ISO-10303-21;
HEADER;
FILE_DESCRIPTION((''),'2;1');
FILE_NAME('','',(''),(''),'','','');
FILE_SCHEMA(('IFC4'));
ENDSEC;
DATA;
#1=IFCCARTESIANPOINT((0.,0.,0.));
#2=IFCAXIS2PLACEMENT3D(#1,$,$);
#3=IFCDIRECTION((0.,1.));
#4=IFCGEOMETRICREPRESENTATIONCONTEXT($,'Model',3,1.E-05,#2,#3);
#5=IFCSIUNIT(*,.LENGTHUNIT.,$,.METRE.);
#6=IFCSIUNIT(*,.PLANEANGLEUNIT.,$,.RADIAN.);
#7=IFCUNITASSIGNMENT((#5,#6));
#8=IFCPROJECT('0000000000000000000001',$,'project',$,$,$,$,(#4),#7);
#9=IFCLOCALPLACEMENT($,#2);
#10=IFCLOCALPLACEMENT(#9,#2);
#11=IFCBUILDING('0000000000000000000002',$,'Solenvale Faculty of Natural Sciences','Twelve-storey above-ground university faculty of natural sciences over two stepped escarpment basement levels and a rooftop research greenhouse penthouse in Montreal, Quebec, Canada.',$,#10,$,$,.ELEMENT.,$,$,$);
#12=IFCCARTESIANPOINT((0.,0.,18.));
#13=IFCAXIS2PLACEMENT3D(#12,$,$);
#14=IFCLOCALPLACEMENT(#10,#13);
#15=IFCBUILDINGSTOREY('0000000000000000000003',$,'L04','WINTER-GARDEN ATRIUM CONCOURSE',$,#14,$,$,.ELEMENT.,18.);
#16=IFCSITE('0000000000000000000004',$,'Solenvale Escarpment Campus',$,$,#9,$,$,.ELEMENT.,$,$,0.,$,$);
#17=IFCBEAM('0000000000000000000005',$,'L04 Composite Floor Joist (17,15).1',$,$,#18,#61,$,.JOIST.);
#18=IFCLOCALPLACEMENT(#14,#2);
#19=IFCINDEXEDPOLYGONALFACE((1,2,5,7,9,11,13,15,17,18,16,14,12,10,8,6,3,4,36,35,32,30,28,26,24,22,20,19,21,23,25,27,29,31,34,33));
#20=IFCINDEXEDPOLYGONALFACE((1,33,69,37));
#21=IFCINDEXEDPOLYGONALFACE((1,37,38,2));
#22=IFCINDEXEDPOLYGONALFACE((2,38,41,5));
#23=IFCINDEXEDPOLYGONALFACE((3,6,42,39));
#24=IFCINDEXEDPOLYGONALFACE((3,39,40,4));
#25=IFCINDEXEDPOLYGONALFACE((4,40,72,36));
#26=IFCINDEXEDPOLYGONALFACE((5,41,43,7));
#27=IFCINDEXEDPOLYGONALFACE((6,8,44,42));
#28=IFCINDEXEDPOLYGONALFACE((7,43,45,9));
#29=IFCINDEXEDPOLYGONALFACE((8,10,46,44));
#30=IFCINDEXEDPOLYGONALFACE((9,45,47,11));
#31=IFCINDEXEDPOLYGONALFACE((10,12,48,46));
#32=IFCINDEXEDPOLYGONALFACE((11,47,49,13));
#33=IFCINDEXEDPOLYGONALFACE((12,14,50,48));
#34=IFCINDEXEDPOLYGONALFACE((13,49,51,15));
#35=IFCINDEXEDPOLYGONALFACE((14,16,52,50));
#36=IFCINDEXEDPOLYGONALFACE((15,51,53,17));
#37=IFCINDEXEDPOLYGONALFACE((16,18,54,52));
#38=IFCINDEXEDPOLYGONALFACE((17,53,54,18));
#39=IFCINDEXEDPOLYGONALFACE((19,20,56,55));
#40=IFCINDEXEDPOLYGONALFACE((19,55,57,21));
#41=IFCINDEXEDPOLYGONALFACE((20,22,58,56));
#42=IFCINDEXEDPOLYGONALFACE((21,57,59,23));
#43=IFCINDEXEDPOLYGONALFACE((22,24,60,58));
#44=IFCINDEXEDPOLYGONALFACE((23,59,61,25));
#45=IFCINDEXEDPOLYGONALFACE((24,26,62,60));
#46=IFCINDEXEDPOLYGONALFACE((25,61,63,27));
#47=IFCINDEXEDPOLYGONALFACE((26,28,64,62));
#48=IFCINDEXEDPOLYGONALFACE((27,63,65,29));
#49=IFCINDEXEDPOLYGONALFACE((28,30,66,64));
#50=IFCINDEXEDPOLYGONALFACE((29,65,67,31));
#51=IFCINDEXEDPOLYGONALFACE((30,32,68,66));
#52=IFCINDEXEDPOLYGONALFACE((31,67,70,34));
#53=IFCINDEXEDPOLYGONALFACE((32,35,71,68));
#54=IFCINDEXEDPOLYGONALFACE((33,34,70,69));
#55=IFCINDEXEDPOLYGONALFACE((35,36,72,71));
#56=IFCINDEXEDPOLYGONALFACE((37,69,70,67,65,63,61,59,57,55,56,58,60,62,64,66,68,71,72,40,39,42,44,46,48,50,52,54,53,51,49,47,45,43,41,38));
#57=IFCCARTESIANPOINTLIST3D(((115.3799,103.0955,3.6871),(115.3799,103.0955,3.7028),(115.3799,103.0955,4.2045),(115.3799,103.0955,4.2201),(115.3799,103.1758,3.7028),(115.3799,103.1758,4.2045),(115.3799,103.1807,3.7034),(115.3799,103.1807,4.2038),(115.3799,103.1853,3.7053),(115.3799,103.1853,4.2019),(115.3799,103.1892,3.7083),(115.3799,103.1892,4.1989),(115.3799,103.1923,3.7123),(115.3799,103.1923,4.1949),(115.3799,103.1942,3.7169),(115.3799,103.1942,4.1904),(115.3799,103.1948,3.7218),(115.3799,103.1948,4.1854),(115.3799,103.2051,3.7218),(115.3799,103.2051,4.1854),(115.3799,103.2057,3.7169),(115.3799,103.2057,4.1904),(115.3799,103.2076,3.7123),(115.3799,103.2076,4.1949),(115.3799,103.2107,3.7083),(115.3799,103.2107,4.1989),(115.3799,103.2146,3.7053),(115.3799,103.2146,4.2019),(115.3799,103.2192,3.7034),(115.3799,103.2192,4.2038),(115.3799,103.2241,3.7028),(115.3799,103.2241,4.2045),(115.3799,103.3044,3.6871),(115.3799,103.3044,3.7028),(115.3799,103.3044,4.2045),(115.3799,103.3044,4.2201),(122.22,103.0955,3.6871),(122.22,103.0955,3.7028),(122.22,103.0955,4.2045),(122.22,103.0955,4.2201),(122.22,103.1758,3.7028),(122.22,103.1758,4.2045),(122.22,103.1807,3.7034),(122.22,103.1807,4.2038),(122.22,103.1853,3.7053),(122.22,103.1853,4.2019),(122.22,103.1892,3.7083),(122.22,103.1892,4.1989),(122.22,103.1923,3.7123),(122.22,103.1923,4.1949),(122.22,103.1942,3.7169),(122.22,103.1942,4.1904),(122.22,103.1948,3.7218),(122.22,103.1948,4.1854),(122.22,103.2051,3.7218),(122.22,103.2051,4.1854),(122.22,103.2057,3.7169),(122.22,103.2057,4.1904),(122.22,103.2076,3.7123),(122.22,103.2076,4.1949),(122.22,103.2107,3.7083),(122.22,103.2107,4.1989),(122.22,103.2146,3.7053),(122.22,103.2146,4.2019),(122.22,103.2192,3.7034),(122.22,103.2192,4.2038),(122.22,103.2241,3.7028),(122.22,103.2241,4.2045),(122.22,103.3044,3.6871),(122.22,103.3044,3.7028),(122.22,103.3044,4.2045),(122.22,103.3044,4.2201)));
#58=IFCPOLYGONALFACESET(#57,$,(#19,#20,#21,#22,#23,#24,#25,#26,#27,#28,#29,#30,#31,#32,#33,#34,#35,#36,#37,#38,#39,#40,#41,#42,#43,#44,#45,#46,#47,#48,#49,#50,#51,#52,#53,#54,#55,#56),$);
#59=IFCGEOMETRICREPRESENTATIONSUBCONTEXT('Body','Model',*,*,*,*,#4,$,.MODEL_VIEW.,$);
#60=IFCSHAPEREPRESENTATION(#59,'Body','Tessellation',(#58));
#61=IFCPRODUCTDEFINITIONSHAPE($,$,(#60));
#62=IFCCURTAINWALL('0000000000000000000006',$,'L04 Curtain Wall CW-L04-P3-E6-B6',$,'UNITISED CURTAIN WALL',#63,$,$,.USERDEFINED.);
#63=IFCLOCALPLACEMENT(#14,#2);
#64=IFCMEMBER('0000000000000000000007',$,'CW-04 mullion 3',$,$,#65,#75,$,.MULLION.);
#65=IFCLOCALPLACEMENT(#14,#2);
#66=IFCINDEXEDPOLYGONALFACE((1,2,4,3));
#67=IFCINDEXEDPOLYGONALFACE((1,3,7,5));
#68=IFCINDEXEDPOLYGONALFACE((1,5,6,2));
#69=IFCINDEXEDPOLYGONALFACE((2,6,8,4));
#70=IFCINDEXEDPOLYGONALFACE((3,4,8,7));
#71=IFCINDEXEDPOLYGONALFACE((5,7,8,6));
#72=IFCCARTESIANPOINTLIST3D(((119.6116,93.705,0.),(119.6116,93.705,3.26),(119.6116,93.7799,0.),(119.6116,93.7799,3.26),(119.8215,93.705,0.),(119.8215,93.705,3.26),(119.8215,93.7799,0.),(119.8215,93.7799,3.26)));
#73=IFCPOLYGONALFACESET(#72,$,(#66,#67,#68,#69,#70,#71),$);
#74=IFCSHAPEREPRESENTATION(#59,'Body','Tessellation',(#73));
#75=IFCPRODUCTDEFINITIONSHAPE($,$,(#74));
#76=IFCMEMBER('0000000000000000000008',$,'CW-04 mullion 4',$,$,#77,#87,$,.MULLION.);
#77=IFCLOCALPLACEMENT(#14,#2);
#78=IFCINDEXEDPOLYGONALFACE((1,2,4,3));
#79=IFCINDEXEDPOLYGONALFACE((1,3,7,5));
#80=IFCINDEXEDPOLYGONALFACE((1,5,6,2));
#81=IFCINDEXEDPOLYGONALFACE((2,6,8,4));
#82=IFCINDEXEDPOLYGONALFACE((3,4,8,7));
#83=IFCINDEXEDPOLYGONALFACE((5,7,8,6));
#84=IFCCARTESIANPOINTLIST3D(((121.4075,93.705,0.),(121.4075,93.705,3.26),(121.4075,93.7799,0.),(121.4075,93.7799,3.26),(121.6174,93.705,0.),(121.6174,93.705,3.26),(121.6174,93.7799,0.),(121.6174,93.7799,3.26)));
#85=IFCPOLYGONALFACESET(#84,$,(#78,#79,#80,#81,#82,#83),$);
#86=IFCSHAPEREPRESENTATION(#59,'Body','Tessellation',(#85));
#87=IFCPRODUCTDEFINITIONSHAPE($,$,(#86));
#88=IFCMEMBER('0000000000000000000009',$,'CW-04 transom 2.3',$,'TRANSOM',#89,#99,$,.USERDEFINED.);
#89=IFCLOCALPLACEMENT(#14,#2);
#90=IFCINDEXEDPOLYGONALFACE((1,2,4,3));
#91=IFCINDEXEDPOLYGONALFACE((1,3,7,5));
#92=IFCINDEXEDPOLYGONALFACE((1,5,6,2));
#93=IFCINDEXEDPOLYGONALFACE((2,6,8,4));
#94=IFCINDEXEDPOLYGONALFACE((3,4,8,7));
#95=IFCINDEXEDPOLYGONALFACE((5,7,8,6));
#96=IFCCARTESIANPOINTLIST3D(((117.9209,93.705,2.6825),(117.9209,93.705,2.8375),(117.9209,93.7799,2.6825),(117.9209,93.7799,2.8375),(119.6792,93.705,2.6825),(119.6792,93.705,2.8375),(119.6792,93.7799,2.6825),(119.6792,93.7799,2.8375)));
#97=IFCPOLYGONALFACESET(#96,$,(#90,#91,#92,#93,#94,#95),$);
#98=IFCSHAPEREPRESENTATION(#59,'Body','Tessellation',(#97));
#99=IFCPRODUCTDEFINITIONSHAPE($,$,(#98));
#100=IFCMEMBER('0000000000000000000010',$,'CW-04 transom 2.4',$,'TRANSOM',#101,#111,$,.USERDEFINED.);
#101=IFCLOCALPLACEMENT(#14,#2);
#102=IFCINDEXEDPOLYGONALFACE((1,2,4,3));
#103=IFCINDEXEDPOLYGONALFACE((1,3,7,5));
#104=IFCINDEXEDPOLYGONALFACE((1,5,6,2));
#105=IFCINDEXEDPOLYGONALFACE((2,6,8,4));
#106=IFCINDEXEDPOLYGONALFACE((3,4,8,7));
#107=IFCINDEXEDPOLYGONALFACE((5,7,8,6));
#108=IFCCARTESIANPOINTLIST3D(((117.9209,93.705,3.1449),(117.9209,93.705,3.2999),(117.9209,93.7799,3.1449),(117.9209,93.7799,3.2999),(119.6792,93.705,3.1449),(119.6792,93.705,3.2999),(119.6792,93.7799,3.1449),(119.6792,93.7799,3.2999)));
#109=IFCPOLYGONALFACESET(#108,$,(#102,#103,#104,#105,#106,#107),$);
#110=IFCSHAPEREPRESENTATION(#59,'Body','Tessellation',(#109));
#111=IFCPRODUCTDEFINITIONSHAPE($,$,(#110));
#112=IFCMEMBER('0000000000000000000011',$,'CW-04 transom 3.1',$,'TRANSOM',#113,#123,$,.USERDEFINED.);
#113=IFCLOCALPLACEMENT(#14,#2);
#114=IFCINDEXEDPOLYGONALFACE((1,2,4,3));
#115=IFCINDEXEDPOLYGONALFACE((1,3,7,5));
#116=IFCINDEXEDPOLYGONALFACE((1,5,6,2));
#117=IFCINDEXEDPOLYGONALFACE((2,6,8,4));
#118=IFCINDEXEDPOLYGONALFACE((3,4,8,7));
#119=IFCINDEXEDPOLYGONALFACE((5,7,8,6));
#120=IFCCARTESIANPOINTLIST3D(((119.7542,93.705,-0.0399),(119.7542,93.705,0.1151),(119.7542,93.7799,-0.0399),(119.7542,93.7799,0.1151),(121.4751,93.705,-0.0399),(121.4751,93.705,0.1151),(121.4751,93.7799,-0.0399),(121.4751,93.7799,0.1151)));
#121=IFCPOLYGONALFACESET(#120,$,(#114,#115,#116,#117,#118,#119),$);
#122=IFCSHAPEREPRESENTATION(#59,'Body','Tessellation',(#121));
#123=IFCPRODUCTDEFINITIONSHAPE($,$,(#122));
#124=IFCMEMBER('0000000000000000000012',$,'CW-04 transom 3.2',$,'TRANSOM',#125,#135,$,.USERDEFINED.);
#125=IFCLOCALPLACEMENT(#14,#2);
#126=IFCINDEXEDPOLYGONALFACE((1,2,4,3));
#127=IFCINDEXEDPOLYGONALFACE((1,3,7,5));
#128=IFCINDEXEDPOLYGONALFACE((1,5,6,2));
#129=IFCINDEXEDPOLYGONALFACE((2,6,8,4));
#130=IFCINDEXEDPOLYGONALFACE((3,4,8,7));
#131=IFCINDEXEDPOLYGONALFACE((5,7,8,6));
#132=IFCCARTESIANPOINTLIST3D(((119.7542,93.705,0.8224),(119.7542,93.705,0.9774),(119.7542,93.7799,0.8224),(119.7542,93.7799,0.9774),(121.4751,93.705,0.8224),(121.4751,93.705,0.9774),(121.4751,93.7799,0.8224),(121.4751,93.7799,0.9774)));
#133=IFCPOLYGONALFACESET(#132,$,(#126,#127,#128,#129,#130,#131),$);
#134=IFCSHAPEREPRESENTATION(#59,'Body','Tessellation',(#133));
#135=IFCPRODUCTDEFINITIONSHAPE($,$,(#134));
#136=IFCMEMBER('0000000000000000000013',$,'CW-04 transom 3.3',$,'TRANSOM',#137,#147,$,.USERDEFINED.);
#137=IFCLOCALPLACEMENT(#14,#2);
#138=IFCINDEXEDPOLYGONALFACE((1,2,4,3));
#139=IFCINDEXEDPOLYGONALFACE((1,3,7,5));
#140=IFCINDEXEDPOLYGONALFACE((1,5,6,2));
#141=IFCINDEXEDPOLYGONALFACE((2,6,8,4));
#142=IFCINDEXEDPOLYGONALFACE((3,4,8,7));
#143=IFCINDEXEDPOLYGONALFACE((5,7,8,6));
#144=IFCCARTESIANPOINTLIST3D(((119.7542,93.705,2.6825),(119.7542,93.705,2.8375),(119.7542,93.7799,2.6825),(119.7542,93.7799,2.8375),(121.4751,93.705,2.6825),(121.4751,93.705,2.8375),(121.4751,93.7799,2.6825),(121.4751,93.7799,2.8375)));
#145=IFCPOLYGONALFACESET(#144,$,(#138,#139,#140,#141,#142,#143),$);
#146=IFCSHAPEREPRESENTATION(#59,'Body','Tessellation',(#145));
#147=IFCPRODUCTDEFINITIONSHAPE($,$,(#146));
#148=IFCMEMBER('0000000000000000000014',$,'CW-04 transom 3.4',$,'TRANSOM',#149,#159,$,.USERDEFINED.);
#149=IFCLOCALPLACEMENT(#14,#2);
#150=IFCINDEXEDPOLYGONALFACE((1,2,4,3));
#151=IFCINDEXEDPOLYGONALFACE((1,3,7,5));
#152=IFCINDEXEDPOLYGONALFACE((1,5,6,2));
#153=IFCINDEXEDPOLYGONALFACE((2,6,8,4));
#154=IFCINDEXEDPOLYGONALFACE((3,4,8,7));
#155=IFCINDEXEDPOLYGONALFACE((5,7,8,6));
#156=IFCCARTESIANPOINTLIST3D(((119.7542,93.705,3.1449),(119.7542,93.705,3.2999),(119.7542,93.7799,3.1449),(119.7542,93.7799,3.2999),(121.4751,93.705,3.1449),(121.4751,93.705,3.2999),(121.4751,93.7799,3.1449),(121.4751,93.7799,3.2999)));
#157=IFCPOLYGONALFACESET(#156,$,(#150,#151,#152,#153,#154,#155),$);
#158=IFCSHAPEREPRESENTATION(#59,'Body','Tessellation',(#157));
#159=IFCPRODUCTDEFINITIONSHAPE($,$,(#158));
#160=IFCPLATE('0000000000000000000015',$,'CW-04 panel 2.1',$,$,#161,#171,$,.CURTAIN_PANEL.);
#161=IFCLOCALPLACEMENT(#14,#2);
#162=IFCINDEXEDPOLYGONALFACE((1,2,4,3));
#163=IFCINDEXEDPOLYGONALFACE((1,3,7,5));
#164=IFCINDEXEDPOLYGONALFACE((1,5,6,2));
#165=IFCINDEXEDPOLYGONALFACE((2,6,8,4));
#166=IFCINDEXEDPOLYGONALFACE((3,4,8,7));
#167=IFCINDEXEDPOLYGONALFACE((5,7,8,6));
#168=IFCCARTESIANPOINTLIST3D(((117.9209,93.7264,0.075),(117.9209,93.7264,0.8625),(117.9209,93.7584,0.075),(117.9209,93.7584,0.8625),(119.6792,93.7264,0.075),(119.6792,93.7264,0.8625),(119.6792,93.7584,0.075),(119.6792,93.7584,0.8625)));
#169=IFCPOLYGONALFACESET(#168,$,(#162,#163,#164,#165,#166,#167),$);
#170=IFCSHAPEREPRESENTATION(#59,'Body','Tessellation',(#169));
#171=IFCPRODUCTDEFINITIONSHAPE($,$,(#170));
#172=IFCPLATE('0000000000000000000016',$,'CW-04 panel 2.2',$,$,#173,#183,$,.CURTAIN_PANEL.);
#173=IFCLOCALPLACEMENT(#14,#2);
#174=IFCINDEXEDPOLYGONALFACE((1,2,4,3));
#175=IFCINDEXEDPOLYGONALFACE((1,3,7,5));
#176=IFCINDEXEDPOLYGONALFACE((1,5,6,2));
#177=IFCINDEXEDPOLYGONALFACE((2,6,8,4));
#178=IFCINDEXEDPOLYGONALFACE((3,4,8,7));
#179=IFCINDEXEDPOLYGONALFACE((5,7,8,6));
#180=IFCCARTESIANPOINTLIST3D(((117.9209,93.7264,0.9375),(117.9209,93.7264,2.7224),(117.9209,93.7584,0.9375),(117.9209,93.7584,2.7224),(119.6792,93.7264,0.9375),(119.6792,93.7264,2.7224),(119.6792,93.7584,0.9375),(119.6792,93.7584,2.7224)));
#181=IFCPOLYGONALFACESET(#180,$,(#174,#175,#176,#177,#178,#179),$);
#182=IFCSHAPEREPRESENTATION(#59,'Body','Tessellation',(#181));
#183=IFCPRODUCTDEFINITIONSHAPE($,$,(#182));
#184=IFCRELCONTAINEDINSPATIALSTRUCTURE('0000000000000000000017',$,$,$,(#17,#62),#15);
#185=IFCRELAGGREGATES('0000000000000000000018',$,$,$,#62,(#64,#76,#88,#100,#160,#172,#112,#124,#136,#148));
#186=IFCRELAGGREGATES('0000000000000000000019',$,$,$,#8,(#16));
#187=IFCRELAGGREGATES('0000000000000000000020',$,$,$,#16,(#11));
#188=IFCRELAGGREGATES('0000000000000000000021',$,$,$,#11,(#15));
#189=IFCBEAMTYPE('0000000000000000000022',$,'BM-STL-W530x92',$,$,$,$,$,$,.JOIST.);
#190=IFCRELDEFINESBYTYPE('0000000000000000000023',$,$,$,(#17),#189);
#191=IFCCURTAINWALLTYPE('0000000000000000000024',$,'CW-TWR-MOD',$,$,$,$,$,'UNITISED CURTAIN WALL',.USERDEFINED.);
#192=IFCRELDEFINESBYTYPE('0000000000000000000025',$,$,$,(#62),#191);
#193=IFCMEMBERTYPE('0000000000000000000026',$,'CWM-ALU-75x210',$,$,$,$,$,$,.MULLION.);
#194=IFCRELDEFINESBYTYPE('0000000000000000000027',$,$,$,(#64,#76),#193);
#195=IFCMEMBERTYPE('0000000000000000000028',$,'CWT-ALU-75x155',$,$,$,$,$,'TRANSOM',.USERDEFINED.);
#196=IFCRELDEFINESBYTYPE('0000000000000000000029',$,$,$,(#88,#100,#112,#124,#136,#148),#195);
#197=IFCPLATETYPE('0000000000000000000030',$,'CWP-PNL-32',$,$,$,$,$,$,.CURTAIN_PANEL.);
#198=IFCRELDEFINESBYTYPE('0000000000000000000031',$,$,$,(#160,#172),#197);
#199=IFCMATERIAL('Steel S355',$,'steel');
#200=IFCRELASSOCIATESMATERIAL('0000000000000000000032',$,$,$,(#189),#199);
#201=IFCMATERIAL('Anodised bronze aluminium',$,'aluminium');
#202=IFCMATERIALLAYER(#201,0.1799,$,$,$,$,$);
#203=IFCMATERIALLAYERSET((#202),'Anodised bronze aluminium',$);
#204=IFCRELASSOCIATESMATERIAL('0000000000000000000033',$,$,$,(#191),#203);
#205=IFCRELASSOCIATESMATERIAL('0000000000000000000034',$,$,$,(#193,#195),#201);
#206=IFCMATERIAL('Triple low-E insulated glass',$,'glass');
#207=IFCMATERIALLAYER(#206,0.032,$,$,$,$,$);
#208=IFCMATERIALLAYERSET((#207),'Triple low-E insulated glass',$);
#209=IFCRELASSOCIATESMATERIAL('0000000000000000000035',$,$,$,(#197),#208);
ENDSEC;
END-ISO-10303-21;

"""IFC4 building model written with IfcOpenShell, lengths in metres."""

from ifc_helpers import new_model, si_unit, direction, frame, origin, origin_2d, place, context, subcontext, project, spatial, rectangle, i_section, extrude, material, layer, layer_set, material_profile, profile_set, type_object, element, aggregate, save


model = new_model("IFC4")

# Units and contexts
model_context = context("Model", 3, precision=1e-05, world=origin(), true_north=direction((0.0, 1.0)))
body_context = subcontext(model_context, "Body", "Model", "MODEL_VIEW")
ifc_project = project(units=[si_unit("LENGTHUNIT", "METRE"), si_unit("PLANEANGLEUNIT", "RADIAN")], contexts=[model_context])

# Site, building, storey
site_placement = place(None, origin())
site = spatial("IfcSite", under=ifc_project, at=site_placement, Name="Solenvale Escarpment Campus", CompositionType="ELEMENT", RefElevation=0.0)
building_placement = place(site_placement, origin())
building = spatial("IfcBuilding", under=site, at=building_placement, Name="Solenvale Faculty of Natural Sciences", Description="Twelve-storey above-ground university faculty of natural sciences over two stepped escarpment basement levels and a rooftop research greenhouse penthouse in Montreal, Quebec, Canada.", CompositionType="ELEMENT")
storey_placement = place(building_placement, frame((0.0, 0.0, 18.0)))
storey = spatial("IfcBuildingStorey", under=building, at=storey_placement, Name="L04", Description="WINTER-GARDEN ATRIUM CONCOURSE", CompositionType="ELEMENT", Elevation=18.0)

# Beam
ifc_material_1 = material(Name="Steel S355", Category="steel")
ifc_material_profile_1 = material_profile(ifc_material_1, i_section(OverallWidth=0.209, OverallDepth=0.533, WebThickness=0.0103, FlangeThickness=0.0156, FilletRadius=0.019, at=origin_2d()), Name="W530x92")
ifc_profile_set_1 = profile_set([ifc_material_profile_1], Name="Steel S355")
beam_type_1 = type_object("IfcBeamType", Name="BM-STL-W530x92", PredefinedType="JOIST", material=ifc_profile_set_1)
beam_1_placement = place(storey_placement, frame((115.3799, 103.2, 3.9536), z_axis=(1.0, 0.0, 0.0), x_axis=(0.0, 1.0, 0.0)))
element("IfcBeam", 1, at=beam_1_placement, inside=storey, type_object=beam_type_1, Name="L04 Composite Floor Joist (17,15).1", PredefinedType="JOIST", context=body_context, shape_type="SweptSolid", body=[
    extrude(i_section(OverallWidth=0.209, OverallDepth=0.533, WebThickness=0.0103, FlangeThickness=0.0156, FilletRadius=0.019, at=origin_2d()), origin(), (0.0, 0.0, 1.0), 6.8401),
])

# Curtain wall, members, plates
ifc_material_2 = material(Name="Anodised bronze aluminium", Category="aluminium")
ifc_layer_1 = layer(ifc_material_2, 0.1799)
ifc_layer_set_1 = layer_set([ifc_layer_1], Name="Anodised bronze aluminium")
curtain_wall_type = type_object("IfcCurtainWallType", Name="CW-TWR-MOD", ElementType="UNITISED CURTAIN WALL", PredefinedType="USERDEFINED", material=ifc_layer_set_1)
curtain_wall_placement = place(storey_placement, origin())
curtain_wall = element("IfcCurtainWall", 2, at=curtain_wall_placement, inside=storey, type_object=curtain_wall_type, Name="L04 Curtain Wall CW-L04-P3-E6-B6", ObjectType="UNITISED CURTAIN WALL", PredefinedType="USERDEFINED")
ifc_material_profile_2 = material_profile(ifc_material_2, rectangle(XDim=0.075, YDim=0.21, at=origin_2d()), Name="ALU-MUL-75x210")
ifc_profile_set_2 = profile_set([ifc_material_profile_2], Name="Anodised bronze aluminium")
member_type_1 = type_object("IfcMemberType", Name="CWM-ALU-75x210", PredefinedType="MULLION", material=ifc_profile_set_2)
member_1_placement = place(storey_placement, frame((119.7166, 93.7424, 0.0), z_axis=(0.0, 0.0, 1.0), x_axis=(0.0, 1.0, 0.0)))
member_1 = element("IfcMember", 3, at=member_1_placement, type_object=member_type_1, Name="CW-04 mullion 3", PredefinedType="MULLION", context=body_context, shape_type="SweptSolid", body=[
    extrude(rectangle(XDim=0.075, YDim=0.21, at=origin_2d()), origin(), (0.0, 0.0, 1.0), 3.26),
])
member_2_placement = place(storey_placement, frame((121.5125, 93.7424, 0.0), z_axis=(0.0, 0.0, 1.0), x_axis=(0.0, 1.0, 0.0)))
member_2 = element("IfcMember", 4, at=member_2_placement, type_object=member_type_1, Name="CW-04 mullion 4", PredefinedType="MULLION", context=body_context, shape_type="SweptSolid", body=[
    extrude(rectangle(XDim=0.075, YDim=0.21, at=origin_2d()), origin(), (0.0, 0.0, 1.0), 3.26),
])
ifc_material_profile_3 = material_profile(ifc_material_2, rectangle(XDim=0.075, YDim=0.155, at=origin_2d()), Name="ALU-TRN-75x155")
ifc_profile_set_3 = profile_set([ifc_material_profile_3], Name="Anodised bronze aluminium")
member_type_2 = type_object("IfcMemberType", Name="CWT-ALU-75x155", ElementType="TRANSOM", PredefinedType="USERDEFINED", material=ifc_profile_set_3)
member_3_placement = place(storey_placement, frame((117.9209, 93.7424, 2.76), z_axis=(1.0, 0.0, 0.0), x_axis=(0.0, 1.0, 0.0)))
member_3 = element("IfcMember", 5, at=member_3_placement, type_object=member_type_2, Name="CW-04 transom 2.3", ObjectType="TRANSOM", PredefinedType="USERDEFINED", context=body_context, shape_type="SweptSolid", body=[
    extrude(rectangle(XDim=0.075, YDim=0.155, at=origin_2d()), origin(), (0.0, 0.0, 1.0), 1.7583),
])
member_4_placement = place(storey_placement, frame((117.9209, 93.7424, 3.2224), z_axis=(1.0, 0.0, 0.0), x_axis=(0.0, 1.0, 0.0)))
member_4 = element("IfcMember", 6, at=member_4_placement, type_object=member_type_2, Name="CW-04 transom 2.4", ObjectType="TRANSOM", PredefinedType="USERDEFINED", context=body_context, shape_type="SweptSolid", body=[
    extrude(rectangle(XDim=0.075, YDim=0.155, at=origin_2d()), origin(), (0.0, 0.0, 1.0), 1.7583),
])
member_5_placement = place(storey_placement, frame((119.7542, 93.7424, 0.0376), z_axis=(1.0, 0.0, 0.0), x_axis=(0.0, 1.0, 0.0)))
member_5 = element("IfcMember", 7, at=member_5_placement, type_object=member_type_2, Name="CW-04 transom 3.1", ObjectType="TRANSOM", PredefinedType="USERDEFINED", context=body_context, shape_type="SweptSolid", body=[
    extrude(rectangle(XDim=0.075, YDim=0.155, at=origin_2d()), origin(), (0.0, 0.0, 1.0), 1.7209),
])
member_6_placement = place(storey_placement, frame((119.7542, 93.7424, 0.8999), z_axis=(1.0, 0.0, 0.0), x_axis=(0.0, 1.0, 0.0)))
member_6 = element("IfcMember", 8, at=member_6_placement, type_object=member_type_2, Name="CW-04 transom 3.2", ObjectType="TRANSOM", PredefinedType="USERDEFINED", context=body_context, shape_type="SweptSolid", body=[
    extrude(rectangle(XDim=0.075, YDim=0.155, at=origin_2d()), origin(), (0.0, 0.0, 1.0), 1.7209),
])
member_7_placement = place(storey_placement, frame((119.7542, 93.7424, 2.76), z_axis=(1.0, 0.0, 0.0), x_axis=(0.0, 1.0, 0.0)))
member_7 = element("IfcMember", 9, at=member_7_placement, type_object=member_type_2, Name="CW-04 transom 3.3", ObjectType="TRANSOM", PredefinedType="USERDEFINED", context=body_context, shape_type="SweptSolid", body=[
    extrude(rectangle(XDim=0.075, YDim=0.155, at=origin_2d()), origin(), (0.0, 0.0, 1.0), 1.7209),
])
member_8_placement = place(storey_placement, frame((119.7542, 93.7424, 3.2224), z_axis=(1.0, 0.0, 0.0), x_axis=(0.0, 1.0, 0.0)))
member_8 = element("IfcMember", 10, at=member_8_placement, type_object=member_type_2, Name="CW-04 transom 3.4", ObjectType="TRANSOM", PredefinedType="USERDEFINED", context=body_context, shape_type="SweptSolid", body=[
    extrude(rectangle(XDim=0.075, YDim=0.155, at=origin_2d()), origin(), (0.0, 0.0, 1.0), 1.7209),
])
ifc_material_3 = material(Name="Triple low-E insulated glass", Category="glass")
ifc_layer_2 = layer(ifc_material_3, 0.032)
ifc_layer_set_2 = layer_set([ifc_layer_2], Name="Triple low-E insulated glass")
plate_type = type_object("IfcPlateType", Name="CWP-PNL-32", PredefinedType="CURTAIN_PANEL", material=ifc_layer_set_2)
plate_1_placement = place(storey_placement, frame((118.8, 93.7424, 0.075), z_axis=(0.0, 0.0, 1.0), x_axis=(1.0, 0.0, 0.0)))
plate_1 = element("IfcPlate", 11, at=plate_1_placement, type_object=plate_type, Name="CW-04 panel 2.1", PredefinedType="CURTAIN_PANEL", context=body_context, shape_type="SweptSolid", body=[
    extrude(rectangle(XDim=1.7583, YDim=0.032, at=origin_2d()), origin(), (0.0, 0.0, 1.0), 0.7876),
])
plate_2_placement = place(storey_placement, frame((118.8, 93.7424, 0.9375), z_axis=(0.0, 0.0, 1.0), x_axis=(1.0, 0.0, 0.0)))
plate_2 = element("IfcPlate", 12, at=plate_2_placement, type_object=plate_type, Name="CW-04 panel 2.2", PredefinedType="CURTAIN_PANEL", context=body_context, shape_type="SweptSolid", body=[
    extrude(rectangle(XDim=1.7583, YDim=0.032, at=origin_2d()), origin(), (0.0, 0.0, 1.0), 1.7849),
])
aggregate(curtain_wall, [member_1, member_2, member_3, member_4, plate_1, plate_2, member_5, member_6, member_7, member_8])

save(model, "model.ifc")
